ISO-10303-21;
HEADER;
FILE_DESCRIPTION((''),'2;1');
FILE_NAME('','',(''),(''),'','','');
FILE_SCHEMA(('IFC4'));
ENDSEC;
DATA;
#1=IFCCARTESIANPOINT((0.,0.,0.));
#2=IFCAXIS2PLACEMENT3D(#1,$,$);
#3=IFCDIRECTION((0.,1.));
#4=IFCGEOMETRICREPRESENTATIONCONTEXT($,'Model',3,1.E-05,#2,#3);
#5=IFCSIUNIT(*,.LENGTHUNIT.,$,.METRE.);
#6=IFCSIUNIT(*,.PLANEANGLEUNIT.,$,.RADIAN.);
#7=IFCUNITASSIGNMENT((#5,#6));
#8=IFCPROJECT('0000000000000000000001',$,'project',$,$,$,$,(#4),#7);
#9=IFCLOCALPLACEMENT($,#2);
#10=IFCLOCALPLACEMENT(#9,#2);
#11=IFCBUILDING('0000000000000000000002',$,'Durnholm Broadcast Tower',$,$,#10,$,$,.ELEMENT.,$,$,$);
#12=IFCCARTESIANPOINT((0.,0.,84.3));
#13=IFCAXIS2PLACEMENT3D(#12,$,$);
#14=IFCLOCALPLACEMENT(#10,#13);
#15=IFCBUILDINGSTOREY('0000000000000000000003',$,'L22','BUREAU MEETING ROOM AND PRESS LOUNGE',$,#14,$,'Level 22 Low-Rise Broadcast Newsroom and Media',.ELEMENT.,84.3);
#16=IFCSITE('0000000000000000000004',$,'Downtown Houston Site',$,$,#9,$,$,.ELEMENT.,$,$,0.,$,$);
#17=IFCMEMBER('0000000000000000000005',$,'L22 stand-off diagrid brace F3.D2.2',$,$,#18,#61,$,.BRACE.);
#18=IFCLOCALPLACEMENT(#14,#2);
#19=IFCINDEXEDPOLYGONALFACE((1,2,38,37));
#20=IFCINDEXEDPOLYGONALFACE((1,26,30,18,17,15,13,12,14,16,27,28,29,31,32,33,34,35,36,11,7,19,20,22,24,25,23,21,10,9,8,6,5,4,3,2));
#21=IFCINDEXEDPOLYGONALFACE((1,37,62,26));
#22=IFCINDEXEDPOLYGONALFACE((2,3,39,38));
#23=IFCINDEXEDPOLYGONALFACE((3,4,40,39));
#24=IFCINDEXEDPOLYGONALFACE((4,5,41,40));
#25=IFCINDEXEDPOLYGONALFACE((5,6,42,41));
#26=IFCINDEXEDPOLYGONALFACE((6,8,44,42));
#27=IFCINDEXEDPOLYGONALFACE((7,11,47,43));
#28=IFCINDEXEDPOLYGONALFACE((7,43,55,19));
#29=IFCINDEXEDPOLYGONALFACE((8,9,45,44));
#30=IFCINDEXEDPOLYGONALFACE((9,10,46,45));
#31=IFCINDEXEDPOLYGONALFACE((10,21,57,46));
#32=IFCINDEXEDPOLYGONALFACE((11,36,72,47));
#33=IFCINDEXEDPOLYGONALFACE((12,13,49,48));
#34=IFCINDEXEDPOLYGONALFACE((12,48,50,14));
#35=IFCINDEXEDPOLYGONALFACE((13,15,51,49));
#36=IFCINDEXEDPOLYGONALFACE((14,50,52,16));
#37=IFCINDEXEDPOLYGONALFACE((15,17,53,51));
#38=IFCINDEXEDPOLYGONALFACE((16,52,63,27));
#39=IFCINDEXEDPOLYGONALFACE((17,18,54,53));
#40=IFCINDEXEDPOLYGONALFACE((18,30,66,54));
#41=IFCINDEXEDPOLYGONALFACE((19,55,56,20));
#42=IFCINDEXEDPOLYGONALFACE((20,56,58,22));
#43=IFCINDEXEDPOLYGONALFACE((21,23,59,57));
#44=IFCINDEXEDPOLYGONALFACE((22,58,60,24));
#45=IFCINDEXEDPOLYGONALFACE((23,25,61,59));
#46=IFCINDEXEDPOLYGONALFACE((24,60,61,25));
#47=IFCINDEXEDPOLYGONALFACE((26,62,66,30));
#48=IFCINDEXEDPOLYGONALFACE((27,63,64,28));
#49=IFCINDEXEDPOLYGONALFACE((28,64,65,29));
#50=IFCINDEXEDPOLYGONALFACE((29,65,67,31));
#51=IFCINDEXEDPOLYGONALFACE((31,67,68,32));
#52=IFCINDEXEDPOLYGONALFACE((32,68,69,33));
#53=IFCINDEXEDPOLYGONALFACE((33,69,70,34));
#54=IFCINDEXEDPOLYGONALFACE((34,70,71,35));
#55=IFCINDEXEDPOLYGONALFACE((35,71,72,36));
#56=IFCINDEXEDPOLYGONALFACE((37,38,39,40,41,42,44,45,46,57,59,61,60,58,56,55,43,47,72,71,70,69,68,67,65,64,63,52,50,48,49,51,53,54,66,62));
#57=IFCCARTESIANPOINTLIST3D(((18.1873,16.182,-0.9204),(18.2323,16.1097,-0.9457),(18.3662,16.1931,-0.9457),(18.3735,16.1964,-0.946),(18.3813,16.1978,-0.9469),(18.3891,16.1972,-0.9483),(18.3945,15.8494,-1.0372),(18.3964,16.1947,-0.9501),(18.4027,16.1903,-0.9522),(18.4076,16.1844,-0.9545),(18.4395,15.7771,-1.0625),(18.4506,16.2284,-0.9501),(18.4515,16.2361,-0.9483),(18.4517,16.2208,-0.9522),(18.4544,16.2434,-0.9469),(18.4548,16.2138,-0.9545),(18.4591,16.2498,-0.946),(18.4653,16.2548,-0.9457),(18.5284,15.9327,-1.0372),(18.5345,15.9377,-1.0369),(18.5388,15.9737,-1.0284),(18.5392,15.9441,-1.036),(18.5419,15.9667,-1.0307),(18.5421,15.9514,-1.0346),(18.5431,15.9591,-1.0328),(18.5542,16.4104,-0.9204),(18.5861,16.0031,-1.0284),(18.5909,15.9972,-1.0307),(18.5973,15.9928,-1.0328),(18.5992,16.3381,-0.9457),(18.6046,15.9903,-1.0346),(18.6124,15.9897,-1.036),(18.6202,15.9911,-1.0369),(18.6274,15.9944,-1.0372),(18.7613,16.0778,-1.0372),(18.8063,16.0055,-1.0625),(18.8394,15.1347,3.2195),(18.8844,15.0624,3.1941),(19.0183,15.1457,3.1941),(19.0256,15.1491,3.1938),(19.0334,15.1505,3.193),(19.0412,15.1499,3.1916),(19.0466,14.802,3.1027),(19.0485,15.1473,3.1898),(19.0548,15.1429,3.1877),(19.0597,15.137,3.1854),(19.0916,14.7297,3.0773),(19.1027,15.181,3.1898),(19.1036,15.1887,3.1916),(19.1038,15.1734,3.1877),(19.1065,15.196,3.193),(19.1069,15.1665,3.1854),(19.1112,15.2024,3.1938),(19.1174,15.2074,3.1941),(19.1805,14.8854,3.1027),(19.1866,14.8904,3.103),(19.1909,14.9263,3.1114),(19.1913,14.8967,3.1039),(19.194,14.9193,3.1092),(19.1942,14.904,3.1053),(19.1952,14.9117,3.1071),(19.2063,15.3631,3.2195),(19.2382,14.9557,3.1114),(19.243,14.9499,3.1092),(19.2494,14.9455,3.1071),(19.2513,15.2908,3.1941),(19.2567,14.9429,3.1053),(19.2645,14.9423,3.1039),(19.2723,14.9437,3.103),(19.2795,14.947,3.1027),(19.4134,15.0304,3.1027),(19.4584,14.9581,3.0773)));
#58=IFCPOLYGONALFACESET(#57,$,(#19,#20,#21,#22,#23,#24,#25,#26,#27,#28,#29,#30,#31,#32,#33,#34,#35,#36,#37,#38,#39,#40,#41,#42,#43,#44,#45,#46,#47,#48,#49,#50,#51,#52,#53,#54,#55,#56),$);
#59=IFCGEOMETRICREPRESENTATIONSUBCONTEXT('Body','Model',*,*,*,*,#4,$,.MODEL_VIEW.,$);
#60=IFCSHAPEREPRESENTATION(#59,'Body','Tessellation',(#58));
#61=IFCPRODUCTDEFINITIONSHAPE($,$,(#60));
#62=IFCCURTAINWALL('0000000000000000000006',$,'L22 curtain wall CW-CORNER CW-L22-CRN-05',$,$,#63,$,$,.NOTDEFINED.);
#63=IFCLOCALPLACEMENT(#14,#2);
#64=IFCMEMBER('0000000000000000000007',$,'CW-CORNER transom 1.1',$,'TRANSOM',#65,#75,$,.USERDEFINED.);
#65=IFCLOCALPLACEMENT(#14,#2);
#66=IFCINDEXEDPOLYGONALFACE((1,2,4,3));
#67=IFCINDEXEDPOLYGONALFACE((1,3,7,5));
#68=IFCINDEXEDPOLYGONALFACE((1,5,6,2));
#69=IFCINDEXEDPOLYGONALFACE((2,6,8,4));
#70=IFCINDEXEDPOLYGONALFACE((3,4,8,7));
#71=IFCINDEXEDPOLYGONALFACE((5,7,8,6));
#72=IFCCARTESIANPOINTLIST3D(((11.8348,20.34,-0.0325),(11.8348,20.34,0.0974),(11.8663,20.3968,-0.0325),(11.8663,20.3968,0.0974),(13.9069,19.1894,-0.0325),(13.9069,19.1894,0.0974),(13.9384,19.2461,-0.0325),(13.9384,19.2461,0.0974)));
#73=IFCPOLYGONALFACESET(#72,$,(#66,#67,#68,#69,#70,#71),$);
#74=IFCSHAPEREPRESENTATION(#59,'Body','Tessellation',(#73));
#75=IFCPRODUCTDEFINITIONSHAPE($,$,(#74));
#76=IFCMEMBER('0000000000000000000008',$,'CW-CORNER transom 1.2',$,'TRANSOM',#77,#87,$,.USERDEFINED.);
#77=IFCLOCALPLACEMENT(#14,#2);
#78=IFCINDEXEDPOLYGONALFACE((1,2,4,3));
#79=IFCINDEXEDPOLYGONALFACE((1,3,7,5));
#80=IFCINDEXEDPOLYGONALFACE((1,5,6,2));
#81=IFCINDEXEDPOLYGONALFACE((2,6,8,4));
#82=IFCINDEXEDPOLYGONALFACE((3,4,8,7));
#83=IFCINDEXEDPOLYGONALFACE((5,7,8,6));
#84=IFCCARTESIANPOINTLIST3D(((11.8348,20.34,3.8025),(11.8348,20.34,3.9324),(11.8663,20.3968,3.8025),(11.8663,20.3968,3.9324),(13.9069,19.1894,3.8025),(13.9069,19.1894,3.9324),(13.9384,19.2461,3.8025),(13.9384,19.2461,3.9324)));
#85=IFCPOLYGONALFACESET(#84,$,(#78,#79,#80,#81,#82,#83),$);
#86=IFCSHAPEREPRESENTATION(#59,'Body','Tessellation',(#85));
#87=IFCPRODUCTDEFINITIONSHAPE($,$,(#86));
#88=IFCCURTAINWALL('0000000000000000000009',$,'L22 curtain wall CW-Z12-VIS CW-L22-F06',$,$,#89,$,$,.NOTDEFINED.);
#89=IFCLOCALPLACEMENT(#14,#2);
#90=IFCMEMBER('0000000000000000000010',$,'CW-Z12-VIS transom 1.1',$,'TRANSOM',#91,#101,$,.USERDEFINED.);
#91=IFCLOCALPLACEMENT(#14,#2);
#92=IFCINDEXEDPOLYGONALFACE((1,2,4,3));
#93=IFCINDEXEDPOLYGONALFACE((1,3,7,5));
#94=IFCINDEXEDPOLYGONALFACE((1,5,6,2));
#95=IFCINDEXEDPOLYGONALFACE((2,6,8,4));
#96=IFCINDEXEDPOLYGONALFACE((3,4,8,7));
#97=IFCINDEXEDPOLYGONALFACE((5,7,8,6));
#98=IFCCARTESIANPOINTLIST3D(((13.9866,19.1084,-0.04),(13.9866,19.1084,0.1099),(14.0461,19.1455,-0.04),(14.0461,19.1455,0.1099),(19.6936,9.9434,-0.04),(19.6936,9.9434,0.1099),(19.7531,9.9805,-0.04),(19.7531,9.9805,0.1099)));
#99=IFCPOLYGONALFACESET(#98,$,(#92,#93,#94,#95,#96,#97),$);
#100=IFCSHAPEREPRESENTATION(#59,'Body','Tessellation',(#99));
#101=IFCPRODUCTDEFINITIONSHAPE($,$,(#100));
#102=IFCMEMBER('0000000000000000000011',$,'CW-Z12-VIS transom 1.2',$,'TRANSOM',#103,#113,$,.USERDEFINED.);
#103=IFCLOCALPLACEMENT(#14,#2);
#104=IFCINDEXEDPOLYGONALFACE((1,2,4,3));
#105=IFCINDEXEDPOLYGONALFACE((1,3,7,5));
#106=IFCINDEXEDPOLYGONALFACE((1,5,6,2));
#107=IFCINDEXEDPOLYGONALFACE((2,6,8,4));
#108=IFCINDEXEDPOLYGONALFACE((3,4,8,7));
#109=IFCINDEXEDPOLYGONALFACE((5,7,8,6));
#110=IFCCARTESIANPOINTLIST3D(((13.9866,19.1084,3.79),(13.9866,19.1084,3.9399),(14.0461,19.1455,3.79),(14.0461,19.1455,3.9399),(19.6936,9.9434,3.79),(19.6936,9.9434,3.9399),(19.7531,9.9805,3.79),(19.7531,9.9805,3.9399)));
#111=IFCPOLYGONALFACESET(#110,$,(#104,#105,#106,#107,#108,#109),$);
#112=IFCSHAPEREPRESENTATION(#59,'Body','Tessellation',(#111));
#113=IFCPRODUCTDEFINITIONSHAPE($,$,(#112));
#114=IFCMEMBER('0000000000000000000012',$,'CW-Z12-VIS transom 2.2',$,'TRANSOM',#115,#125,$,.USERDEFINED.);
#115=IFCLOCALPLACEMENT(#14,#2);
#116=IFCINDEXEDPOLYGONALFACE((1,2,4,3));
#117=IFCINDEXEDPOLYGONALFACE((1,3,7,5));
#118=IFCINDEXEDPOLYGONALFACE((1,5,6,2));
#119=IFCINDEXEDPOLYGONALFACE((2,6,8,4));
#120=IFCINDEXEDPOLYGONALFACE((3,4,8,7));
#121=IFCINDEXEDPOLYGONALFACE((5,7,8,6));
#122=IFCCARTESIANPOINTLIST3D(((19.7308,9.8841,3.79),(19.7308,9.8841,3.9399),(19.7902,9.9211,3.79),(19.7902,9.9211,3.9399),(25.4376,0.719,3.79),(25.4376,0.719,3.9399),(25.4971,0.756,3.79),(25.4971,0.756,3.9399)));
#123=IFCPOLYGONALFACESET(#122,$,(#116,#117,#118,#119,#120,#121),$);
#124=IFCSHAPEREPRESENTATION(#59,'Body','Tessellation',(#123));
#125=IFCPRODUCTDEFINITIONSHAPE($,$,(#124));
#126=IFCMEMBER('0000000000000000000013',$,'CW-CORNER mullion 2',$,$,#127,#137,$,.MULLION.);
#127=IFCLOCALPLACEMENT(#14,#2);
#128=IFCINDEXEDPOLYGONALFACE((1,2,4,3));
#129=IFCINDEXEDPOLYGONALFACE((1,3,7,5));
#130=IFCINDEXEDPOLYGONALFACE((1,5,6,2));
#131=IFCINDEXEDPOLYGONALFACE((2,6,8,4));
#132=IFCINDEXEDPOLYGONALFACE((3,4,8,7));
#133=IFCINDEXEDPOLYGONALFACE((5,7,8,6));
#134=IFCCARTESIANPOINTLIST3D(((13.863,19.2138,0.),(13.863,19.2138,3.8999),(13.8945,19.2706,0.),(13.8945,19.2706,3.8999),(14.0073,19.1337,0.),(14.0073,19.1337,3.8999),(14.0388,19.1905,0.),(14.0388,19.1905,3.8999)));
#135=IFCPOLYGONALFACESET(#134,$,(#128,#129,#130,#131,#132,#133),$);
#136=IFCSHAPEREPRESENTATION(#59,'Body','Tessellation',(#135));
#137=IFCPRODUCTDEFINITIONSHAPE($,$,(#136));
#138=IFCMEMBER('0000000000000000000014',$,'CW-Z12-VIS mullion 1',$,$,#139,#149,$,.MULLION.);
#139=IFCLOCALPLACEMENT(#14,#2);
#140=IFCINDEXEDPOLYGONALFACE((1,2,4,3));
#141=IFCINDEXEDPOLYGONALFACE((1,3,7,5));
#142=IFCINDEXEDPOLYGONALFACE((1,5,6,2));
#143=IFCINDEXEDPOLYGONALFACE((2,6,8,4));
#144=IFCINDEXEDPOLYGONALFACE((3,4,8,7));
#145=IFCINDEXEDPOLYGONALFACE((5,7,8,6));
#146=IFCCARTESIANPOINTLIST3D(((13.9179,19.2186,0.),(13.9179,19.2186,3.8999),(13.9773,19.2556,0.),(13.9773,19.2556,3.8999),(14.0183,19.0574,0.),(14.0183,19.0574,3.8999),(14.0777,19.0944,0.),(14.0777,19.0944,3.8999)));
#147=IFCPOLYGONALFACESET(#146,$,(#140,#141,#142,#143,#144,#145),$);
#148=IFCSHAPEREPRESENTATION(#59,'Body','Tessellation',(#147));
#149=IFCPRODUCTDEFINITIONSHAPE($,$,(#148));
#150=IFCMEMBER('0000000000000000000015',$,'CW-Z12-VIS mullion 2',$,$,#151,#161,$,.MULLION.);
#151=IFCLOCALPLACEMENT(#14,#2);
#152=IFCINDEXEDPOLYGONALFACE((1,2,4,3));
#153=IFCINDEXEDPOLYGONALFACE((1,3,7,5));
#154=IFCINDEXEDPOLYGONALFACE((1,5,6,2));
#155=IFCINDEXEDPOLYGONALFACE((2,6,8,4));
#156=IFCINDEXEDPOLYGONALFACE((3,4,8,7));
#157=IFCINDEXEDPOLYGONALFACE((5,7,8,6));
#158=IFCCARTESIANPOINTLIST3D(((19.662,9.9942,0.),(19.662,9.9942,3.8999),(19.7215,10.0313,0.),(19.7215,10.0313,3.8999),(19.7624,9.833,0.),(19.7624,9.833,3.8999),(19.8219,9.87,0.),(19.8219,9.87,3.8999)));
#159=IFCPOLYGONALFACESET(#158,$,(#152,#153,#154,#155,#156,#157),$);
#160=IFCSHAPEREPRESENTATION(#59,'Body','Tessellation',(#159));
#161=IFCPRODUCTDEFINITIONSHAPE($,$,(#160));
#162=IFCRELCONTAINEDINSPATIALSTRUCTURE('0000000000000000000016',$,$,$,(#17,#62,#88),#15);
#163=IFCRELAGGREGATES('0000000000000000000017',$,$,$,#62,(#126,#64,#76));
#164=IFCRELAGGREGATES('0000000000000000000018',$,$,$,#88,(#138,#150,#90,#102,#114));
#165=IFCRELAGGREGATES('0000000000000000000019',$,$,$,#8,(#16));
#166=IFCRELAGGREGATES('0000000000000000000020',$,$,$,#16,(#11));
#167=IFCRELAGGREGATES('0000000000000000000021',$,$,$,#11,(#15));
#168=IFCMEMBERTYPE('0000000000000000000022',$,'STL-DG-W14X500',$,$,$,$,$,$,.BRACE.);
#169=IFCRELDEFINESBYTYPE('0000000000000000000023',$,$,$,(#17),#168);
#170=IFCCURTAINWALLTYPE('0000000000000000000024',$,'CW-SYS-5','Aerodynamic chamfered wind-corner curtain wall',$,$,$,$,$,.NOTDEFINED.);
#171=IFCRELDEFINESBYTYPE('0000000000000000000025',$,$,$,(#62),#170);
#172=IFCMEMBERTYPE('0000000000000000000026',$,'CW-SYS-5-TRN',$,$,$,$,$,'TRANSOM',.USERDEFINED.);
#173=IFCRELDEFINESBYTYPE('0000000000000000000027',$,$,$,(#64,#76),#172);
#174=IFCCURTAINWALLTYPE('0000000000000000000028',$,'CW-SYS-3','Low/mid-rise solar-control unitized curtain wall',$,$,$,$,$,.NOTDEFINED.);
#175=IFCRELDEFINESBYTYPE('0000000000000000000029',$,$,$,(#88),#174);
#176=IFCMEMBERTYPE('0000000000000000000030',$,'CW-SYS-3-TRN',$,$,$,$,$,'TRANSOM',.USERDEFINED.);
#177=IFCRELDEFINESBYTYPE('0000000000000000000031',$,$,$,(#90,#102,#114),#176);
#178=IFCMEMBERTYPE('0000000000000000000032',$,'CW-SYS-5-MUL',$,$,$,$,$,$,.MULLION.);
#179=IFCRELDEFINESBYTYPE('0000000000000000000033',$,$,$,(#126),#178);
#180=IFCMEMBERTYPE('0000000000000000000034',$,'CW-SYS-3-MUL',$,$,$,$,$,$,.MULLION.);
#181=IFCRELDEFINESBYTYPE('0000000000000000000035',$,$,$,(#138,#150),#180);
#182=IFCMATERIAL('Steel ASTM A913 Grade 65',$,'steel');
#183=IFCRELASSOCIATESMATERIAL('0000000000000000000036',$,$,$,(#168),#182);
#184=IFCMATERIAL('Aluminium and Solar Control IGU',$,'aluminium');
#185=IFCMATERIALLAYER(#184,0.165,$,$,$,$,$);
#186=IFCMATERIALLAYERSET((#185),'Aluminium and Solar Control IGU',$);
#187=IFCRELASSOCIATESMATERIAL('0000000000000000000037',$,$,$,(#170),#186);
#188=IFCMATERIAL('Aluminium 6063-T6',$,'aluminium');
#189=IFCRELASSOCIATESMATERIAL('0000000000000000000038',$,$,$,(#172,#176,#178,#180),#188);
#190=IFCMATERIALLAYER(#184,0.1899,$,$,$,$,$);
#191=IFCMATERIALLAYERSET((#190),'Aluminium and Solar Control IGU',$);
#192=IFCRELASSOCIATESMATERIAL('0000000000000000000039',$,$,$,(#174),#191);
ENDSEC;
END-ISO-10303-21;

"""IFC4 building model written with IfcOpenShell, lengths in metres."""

from ifc_helpers import new_model, si_unit, direction, frame, origin, origin_2d, place, context, subcontext, project, spatial, rectangle, i_section, extrude, source, transform, mapped, material, layer, layer_set, material_profile, profile_set, type_object, type_shapes, element, aggregate, save


model = new_model("IFC4")

# Units and contexts
model_context = context("Model", 3, precision=1e-05, world=origin(), true_north=direction((0.0, 1.0)))
body_context = subcontext(model_context, "Body", "Model", "MODEL_VIEW")
ifc_project = project(units=[si_unit("LENGTHUNIT", "METRE"), si_unit("PLANEANGLEUNIT", "RADIAN")], contexts=[model_context])

# Site, building, storey
site_placement = place(None, origin())
site = spatial("IfcSite", under=ifc_project, at=site_placement, Name="Downtown Houston Site", CompositionType="ELEMENT", RefElevation=0.0)
building_placement = place(site_placement, origin())
building = spatial("IfcBuilding", under=site, at=building_placement, Name="Durnholm Broadcast Tower", CompositionType="ELEMENT")
storey_placement = place(building_placement, frame((0.0, 0.0, 84.3)))
storey = spatial("IfcBuildingStorey", under=building, at=storey_placement, Name="L22", Description="BUREAU MEETING ROOM AND PRESS LOUNGE", LongName="Level 22 Low-Rise Broadcast Newsroom and Media", CompositionType="ELEMENT", Elevation=84.3)

# Member
ifc_material_1 = material(Name="Steel ASTM A913 Grade 65", Category="steel")
ifc_material_profile_1 = material_profile(ifc_material_1, i_section(OverallWidth=0.4321, OverallDepth=0.4978, WebThickness=0.0557, FlangeThickness=0.0889, FilletRadius=0.0305, at=origin_2d()), Name="W14X500")
ifc_profile_set_1 = profile_set([ifc_material_profile_1], Name="Steel ASTM A913 Grade 65")
member_type_1 = type_object("IfcMemberType", Name="STL-DG-W14X500", PredefinedType="BRACE", material=ifc_profile_set_1)
shared_shape_1 = source(origin(), body_context, "Body", "SweptSolid", [
    extrude(i_section(OverallWidth=0.4321, OverallDepth=0.4978, WebThickness=0.0557, FlangeThickness=0.0889, FilletRadius=0.0305, at=origin_2d()), origin(), (0.0, 0.0, 1.0), 4.3198),
])
type_shapes(member_type_1, [shared_shape_1])
for number, where, z_axis, x_axis, name in (
    (1, (18.4968, 16.0938, -0.9915), (0.150955, -0.242455, 0.958347), (0.848909, 0.52854, 0.0), "L22 stand-off diagrid brace F3.D2.2"),
):
    element("IfcMember", number, at=place(storey_placement, frame(where, z_axis=z_axis, x_axis=x_axis)), inside=storey, type_object=member_type_1, Name=name, PredefinedType="BRACE", context=body_context, shape_type="MappedRepresentation", body=[
        mapped(shared_shape_1, transform((0.0, 0.0, 0.0), x_axis=(1.0, 0.0, 0.0), y_axis=(0.0, 1.0, 0.0), z_axis=(0.0, 0.0, 1.0), scale=1.0)),
    ])

# Curtain walls, members
ifc_material_2 = material(Name="Aluminium and Solar Control IGU", Category="aluminium")
ifc_layer_1 = layer(ifc_material_2, 0.165)
ifc_layer_set_1 = layer_set([ifc_layer_1], Name="Aluminium and Solar Control IGU")
curtain_wall_type_1 = type_object("IfcCurtainWallType", Name="CW-SYS-5", Description="Aerodynamic chamfered wind-corner curtain wall", PredefinedType="NOTDEFINED", material=ifc_layer_set_1)
curtain_wall_1_placement = place(storey_placement, origin())
curtain_wall_1 = element("IfcCurtainWall", 2, at=curtain_wall_1_placement, inside=storey, type_object=curtain_wall_type_1, Name="L22 curtain wall CW-CORNER CW-L22-CRN-05", PredefinedType="NOTDEFINED")
ifc_material_3 = material(Name="Aluminium 6063-T6", Category="aluminium")
ifc_material_profile_2 = material_profile(ifc_material_3, rectangle(XDim=0.0649, YDim=0.1299, at=origin_2d()), Name="CWT65X130")
ifc_profile_set_2 = profile_set([ifc_material_profile_2], Name="Aluminium 6063-T6")
member_type_2 = type_object("IfcMemberType", Name="CW-SYS-5-TRN", ElementType="TRANSOM", PredefinedType="USERDEFINED", material=ifc_profile_set_2)
shared_shape_2 = source(origin(), body_context, "Body", "SweptSolid", [
    extrude(rectangle(XDim=0.0649, YDim=0.1299, at=origin_2d()), origin(), (0.0, 0.0, 1.0), 2.3701),
])
type_shapes(member_type_2, [shared_shape_2])
member_1_placement = place(storey_placement, frame((11.8506, 20.3684, 0.0325), z_axis=(0.874245, -0.485485, 0.0), x_axis=(0.485485, 0.874245, 0.0)))
member_1 = element("IfcMember", 3, at=member_1_placement, type_object=member_type_2, Name="CW-CORNER transom 1.1", ObjectType="TRANSOM", PredefinedType="USERDEFINED", context=body_context, shape_type="MappedRepresentation", body=[
    mapped(shared_shape_2, transform((0.0, 0.0, 0.0), x_axis=(1.0, 0.0, 0.0), y_axis=(0.0, 1.0, 0.0), z_axis=(0.0, 0.0, 1.0), scale=1.0)),
])
member_2_placement = place(storey_placement, frame((11.8506, 20.3684, 3.8674), z_axis=(0.874245, -0.485485, 0.0), x_axis=(0.485485, 0.874245, 0.0)))
member_2 = element("IfcMember", 4, at=member_2_placement, type_object=member_type_2, Name="CW-CORNER transom 1.2", ObjectType="TRANSOM", PredefinedType="USERDEFINED", context=body_context, shape_type="MappedRepresentation", body=[
    mapped(shared_shape_2, transform((0.0, 0.0, 0.0), x_axis=(1.0, 0.0, 0.0), y_axis=(0.0, 1.0, 0.0), z_axis=(0.0, 0.0, 1.0), scale=1.0)),
])
ifc_layer_2 = layer(ifc_material_2, 0.1899)
ifc_layer_set_2 = layer_set([ifc_layer_2], Name="Aluminium and Solar Control IGU")
curtain_wall_type_2 = type_object("IfcCurtainWallType", Name="CW-SYS-3", Description="Low/mid-rise solar-control unitized curtain wall", PredefinedType="NOTDEFINED", material=ifc_layer_set_2)
curtain_wall_2_placement = place(storey_placement, origin())
curtain_wall_2 = element("IfcCurtainWall", 5, at=curtain_wall_2_placement, inside=storey, type_object=curtain_wall_type_2, Name="L22 curtain wall CW-Z12-VIS CW-L22-F06", PredefinedType="NOTDEFINED")
ifc_material_profile_3 = material_profile(ifc_material_3, rectangle(XDim=0.0701, YDim=0.1499, at=origin_2d()), Name="CWT70X150")
ifc_profile_set_3 = profile_set([ifc_material_profile_3], Name="Aluminium 6063-T6")
member_type_3 = type_object("IfcMemberType", Name="CW-SYS-3-TRN", ElementType="TRANSOM", PredefinedType="USERDEFINED", material=ifc_profile_set_3)
shared_shape_3 = source(origin(), body_context, "Body", "SweptSolid", [
    extrude(rectangle(XDim=0.0701, YDim=0.1499, at=origin_2d()), origin(), (0.0, 0.0, 1.0), 10.7966),
])
type_shapes(member_type_3, [shared_shape_3])
member_3_placement = place(storey_placement, frame((14.0164, 19.127, 0.0349), z_axis=(0.528592, -0.848876, 0.0), x_axis=(0.848876, 0.528592, 0.0)))
member_3 = element("IfcMember", 6, at=member_3_placement, type_object=member_type_3, Name="CW-Z12-VIS transom 1.1", ObjectType="TRANSOM", PredefinedType="USERDEFINED", context=body_context, shape_type="MappedRepresentation", body=[
    mapped(shared_shape_3, transform((0.0, 0.0, 0.0), x_axis=(1.0, 0.0, 0.0), y_axis=(0.0, 1.0, 0.0), z_axis=(0.0, 0.0, 1.0), scale=1.0)),
])
member_4_placement = place(storey_placement, frame((14.0164, 19.127, 3.865), z_axis=(0.528592, -0.848876, 0.0), x_axis=(0.848876, 0.528592, 0.0)))
member_4 = element("IfcMember", 7, at=member_4_placement, type_object=member_type_3, Name="CW-Z12-VIS transom 1.2", ObjectType="TRANSOM", PredefinedType="USERDEFINED", context=body_context, shape_type="MappedRepresentation", body=[
    mapped(shared_shape_3, transform((0.0, 0.0, 0.0), x_axis=(1.0, 0.0, 0.0), y_axis=(0.0, 1.0, 0.0), z_axis=(0.0, 0.0, 1.0), scale=1.0)),
])
member_5_placement = place(storey_placement, frame((19.7605, 9.9026, 3.865), z_axis=(0.528575, -0.848886, 0.0), x_axis=(0.848886, 0.528575, 0.0)))
member_5 = element("IfcMember", 8, at=member_5_placement, type_object=member_type_3, Name="CW-Z12-VIS transom 2.2", ObjectType="TRANSOM", PredefinedType="USERDEFINED", context=body_context, shape_type="MappedRepresentation", body=[
    mapped(shared_shape_3, transform((0.0, 0.0, 0.0), x_axis=(1.0, 0.0, 0.0), y_axis=(0.0, 1.0, 0.0), z_axis=(0.0, 0.0, 1.0), scale=1.0)),
])

# Members
ifc_material_profile_4 = material_profile(ifc_material_3, rectangle(XDim=0.0649, YDim=0.165, at=origin_2d()), Name="CWM65X165")
ifc_profile_set_4 = profile_set([ifc_material_profile_4], Name="Aluminium 6063-T6")
member_type_4 = type_object("IfcMemberType", Name="CW-SYS-5-MUL", PredefinedType="MULLION", material=ifc_profile_set_4)
shared_shape_4 = source(origin(), body_context, "Body", "SweptSolid", [
    extrude(rectangle(XDim=0.0649, YDim=0.165, at=origin_2d()), origin(), (0.0, 0.0, 1.0), 3.8999),
])
type_shapes(member_type_4, [shared_shape_4])
member_6_placement = place(storey_placement, frame((13.9509, 19.2021, 0.0), z_axis=(0.0, 0.0, 1.0), x_axis=(0.485483, 0.874246, 0.0)))
member_6 = element("IfcMember", 9, at=member_6_placement, type_object=member_type_4, Name="CW-CORNER mullion 2", PredefinedType="MULLION", context=body_context, shape_type="MappedRepresentation", body=[
    mapped(shared_shape_4, transform((0.0, 0.0, 0.0), x_axis=(1.0, 0.0, 0.0), y_axis=(0.0, 1.0, 0.0), z_axis=(0.0, 0.0, 1.0), scale=1.0)),
])
ifc_material_profile_5 = material_profile(ifc_material_3, rectangle(XDim=0.0701, YDim=0.1899, at=origin_2d()), Name="CWM70X190")
ifc_profile_set_5 = profile_set([ifc_material_profile_5], Name="Aluminium 6063-T6")
member_type_5 = type_object("IfcMemberType", Name="CW-SYS-3-MUL", PredefinedType="MULLION", material=ifc_profile_set_5)
shared_shape_5 = source(origin(), body_context, "Body", "SweptSolid", [
    extrude(rectangle(XDim=0.0701, YDim=0.1899, at=origin_2d()), origin(), (0.0, 0.0, 1.0), 3.8999),
])
type_shapes(member_type_5, [shared_shape_5])
member_7_placement = place(storey_placement, frame((13.9978, 19.1565, 0.0), z_axis=(0.0, 0.0, 1.0), x_axis=(0.848876, 0.528592, 0.0)))
member_7 = element("IfcMember", 10, at=member_7_placement, type_object=member_type_5, Name="CW-Z12-VIS mullion 1", PredefinedType="MULLION", context=body_context, shape_type="MappedRepresentation", body=[
    mapped(shared_shape_5, transform((0.0, 0.0, 0.0), x_axis=(1.0, 0.0, 0.0), y_axis=(0.0, 1.0, 0.0), z_axis=(0.0, 0.0, 1.0), scale=1.0)),
])
member_8_placement = place(storey_placement, frame((19.7419, 9.9321, 0.0), z_axis=(0.0, 0.0, 1.0), x_axis=(0.848876, 0.528592, 0.0)))
member_8 = element("IfcMember", 11, at=member_8_placement, type_object=member_type_5, Name="CW-Z12-VIS mullion 2", PredefinedType="MULLION", context=body_context, shape_type="MappedRepresentation", body=[
    mapped(shared_shape_5, transform((0.0, 0.0, 0.0), x_axis=(1.0, 0.0, 0.0), y_axis=(0.0, 1.0, 0.0), z_axis=(0.0, 0.0, 1.0), scale=1.0)),
])

aggregate(curtain_wall_1, [member_6, member_1, member_2])
aggregate(curtain_wall_2, [member_7, member_8, member_3, member_4, member_5])

save(model, "model.ifc")
